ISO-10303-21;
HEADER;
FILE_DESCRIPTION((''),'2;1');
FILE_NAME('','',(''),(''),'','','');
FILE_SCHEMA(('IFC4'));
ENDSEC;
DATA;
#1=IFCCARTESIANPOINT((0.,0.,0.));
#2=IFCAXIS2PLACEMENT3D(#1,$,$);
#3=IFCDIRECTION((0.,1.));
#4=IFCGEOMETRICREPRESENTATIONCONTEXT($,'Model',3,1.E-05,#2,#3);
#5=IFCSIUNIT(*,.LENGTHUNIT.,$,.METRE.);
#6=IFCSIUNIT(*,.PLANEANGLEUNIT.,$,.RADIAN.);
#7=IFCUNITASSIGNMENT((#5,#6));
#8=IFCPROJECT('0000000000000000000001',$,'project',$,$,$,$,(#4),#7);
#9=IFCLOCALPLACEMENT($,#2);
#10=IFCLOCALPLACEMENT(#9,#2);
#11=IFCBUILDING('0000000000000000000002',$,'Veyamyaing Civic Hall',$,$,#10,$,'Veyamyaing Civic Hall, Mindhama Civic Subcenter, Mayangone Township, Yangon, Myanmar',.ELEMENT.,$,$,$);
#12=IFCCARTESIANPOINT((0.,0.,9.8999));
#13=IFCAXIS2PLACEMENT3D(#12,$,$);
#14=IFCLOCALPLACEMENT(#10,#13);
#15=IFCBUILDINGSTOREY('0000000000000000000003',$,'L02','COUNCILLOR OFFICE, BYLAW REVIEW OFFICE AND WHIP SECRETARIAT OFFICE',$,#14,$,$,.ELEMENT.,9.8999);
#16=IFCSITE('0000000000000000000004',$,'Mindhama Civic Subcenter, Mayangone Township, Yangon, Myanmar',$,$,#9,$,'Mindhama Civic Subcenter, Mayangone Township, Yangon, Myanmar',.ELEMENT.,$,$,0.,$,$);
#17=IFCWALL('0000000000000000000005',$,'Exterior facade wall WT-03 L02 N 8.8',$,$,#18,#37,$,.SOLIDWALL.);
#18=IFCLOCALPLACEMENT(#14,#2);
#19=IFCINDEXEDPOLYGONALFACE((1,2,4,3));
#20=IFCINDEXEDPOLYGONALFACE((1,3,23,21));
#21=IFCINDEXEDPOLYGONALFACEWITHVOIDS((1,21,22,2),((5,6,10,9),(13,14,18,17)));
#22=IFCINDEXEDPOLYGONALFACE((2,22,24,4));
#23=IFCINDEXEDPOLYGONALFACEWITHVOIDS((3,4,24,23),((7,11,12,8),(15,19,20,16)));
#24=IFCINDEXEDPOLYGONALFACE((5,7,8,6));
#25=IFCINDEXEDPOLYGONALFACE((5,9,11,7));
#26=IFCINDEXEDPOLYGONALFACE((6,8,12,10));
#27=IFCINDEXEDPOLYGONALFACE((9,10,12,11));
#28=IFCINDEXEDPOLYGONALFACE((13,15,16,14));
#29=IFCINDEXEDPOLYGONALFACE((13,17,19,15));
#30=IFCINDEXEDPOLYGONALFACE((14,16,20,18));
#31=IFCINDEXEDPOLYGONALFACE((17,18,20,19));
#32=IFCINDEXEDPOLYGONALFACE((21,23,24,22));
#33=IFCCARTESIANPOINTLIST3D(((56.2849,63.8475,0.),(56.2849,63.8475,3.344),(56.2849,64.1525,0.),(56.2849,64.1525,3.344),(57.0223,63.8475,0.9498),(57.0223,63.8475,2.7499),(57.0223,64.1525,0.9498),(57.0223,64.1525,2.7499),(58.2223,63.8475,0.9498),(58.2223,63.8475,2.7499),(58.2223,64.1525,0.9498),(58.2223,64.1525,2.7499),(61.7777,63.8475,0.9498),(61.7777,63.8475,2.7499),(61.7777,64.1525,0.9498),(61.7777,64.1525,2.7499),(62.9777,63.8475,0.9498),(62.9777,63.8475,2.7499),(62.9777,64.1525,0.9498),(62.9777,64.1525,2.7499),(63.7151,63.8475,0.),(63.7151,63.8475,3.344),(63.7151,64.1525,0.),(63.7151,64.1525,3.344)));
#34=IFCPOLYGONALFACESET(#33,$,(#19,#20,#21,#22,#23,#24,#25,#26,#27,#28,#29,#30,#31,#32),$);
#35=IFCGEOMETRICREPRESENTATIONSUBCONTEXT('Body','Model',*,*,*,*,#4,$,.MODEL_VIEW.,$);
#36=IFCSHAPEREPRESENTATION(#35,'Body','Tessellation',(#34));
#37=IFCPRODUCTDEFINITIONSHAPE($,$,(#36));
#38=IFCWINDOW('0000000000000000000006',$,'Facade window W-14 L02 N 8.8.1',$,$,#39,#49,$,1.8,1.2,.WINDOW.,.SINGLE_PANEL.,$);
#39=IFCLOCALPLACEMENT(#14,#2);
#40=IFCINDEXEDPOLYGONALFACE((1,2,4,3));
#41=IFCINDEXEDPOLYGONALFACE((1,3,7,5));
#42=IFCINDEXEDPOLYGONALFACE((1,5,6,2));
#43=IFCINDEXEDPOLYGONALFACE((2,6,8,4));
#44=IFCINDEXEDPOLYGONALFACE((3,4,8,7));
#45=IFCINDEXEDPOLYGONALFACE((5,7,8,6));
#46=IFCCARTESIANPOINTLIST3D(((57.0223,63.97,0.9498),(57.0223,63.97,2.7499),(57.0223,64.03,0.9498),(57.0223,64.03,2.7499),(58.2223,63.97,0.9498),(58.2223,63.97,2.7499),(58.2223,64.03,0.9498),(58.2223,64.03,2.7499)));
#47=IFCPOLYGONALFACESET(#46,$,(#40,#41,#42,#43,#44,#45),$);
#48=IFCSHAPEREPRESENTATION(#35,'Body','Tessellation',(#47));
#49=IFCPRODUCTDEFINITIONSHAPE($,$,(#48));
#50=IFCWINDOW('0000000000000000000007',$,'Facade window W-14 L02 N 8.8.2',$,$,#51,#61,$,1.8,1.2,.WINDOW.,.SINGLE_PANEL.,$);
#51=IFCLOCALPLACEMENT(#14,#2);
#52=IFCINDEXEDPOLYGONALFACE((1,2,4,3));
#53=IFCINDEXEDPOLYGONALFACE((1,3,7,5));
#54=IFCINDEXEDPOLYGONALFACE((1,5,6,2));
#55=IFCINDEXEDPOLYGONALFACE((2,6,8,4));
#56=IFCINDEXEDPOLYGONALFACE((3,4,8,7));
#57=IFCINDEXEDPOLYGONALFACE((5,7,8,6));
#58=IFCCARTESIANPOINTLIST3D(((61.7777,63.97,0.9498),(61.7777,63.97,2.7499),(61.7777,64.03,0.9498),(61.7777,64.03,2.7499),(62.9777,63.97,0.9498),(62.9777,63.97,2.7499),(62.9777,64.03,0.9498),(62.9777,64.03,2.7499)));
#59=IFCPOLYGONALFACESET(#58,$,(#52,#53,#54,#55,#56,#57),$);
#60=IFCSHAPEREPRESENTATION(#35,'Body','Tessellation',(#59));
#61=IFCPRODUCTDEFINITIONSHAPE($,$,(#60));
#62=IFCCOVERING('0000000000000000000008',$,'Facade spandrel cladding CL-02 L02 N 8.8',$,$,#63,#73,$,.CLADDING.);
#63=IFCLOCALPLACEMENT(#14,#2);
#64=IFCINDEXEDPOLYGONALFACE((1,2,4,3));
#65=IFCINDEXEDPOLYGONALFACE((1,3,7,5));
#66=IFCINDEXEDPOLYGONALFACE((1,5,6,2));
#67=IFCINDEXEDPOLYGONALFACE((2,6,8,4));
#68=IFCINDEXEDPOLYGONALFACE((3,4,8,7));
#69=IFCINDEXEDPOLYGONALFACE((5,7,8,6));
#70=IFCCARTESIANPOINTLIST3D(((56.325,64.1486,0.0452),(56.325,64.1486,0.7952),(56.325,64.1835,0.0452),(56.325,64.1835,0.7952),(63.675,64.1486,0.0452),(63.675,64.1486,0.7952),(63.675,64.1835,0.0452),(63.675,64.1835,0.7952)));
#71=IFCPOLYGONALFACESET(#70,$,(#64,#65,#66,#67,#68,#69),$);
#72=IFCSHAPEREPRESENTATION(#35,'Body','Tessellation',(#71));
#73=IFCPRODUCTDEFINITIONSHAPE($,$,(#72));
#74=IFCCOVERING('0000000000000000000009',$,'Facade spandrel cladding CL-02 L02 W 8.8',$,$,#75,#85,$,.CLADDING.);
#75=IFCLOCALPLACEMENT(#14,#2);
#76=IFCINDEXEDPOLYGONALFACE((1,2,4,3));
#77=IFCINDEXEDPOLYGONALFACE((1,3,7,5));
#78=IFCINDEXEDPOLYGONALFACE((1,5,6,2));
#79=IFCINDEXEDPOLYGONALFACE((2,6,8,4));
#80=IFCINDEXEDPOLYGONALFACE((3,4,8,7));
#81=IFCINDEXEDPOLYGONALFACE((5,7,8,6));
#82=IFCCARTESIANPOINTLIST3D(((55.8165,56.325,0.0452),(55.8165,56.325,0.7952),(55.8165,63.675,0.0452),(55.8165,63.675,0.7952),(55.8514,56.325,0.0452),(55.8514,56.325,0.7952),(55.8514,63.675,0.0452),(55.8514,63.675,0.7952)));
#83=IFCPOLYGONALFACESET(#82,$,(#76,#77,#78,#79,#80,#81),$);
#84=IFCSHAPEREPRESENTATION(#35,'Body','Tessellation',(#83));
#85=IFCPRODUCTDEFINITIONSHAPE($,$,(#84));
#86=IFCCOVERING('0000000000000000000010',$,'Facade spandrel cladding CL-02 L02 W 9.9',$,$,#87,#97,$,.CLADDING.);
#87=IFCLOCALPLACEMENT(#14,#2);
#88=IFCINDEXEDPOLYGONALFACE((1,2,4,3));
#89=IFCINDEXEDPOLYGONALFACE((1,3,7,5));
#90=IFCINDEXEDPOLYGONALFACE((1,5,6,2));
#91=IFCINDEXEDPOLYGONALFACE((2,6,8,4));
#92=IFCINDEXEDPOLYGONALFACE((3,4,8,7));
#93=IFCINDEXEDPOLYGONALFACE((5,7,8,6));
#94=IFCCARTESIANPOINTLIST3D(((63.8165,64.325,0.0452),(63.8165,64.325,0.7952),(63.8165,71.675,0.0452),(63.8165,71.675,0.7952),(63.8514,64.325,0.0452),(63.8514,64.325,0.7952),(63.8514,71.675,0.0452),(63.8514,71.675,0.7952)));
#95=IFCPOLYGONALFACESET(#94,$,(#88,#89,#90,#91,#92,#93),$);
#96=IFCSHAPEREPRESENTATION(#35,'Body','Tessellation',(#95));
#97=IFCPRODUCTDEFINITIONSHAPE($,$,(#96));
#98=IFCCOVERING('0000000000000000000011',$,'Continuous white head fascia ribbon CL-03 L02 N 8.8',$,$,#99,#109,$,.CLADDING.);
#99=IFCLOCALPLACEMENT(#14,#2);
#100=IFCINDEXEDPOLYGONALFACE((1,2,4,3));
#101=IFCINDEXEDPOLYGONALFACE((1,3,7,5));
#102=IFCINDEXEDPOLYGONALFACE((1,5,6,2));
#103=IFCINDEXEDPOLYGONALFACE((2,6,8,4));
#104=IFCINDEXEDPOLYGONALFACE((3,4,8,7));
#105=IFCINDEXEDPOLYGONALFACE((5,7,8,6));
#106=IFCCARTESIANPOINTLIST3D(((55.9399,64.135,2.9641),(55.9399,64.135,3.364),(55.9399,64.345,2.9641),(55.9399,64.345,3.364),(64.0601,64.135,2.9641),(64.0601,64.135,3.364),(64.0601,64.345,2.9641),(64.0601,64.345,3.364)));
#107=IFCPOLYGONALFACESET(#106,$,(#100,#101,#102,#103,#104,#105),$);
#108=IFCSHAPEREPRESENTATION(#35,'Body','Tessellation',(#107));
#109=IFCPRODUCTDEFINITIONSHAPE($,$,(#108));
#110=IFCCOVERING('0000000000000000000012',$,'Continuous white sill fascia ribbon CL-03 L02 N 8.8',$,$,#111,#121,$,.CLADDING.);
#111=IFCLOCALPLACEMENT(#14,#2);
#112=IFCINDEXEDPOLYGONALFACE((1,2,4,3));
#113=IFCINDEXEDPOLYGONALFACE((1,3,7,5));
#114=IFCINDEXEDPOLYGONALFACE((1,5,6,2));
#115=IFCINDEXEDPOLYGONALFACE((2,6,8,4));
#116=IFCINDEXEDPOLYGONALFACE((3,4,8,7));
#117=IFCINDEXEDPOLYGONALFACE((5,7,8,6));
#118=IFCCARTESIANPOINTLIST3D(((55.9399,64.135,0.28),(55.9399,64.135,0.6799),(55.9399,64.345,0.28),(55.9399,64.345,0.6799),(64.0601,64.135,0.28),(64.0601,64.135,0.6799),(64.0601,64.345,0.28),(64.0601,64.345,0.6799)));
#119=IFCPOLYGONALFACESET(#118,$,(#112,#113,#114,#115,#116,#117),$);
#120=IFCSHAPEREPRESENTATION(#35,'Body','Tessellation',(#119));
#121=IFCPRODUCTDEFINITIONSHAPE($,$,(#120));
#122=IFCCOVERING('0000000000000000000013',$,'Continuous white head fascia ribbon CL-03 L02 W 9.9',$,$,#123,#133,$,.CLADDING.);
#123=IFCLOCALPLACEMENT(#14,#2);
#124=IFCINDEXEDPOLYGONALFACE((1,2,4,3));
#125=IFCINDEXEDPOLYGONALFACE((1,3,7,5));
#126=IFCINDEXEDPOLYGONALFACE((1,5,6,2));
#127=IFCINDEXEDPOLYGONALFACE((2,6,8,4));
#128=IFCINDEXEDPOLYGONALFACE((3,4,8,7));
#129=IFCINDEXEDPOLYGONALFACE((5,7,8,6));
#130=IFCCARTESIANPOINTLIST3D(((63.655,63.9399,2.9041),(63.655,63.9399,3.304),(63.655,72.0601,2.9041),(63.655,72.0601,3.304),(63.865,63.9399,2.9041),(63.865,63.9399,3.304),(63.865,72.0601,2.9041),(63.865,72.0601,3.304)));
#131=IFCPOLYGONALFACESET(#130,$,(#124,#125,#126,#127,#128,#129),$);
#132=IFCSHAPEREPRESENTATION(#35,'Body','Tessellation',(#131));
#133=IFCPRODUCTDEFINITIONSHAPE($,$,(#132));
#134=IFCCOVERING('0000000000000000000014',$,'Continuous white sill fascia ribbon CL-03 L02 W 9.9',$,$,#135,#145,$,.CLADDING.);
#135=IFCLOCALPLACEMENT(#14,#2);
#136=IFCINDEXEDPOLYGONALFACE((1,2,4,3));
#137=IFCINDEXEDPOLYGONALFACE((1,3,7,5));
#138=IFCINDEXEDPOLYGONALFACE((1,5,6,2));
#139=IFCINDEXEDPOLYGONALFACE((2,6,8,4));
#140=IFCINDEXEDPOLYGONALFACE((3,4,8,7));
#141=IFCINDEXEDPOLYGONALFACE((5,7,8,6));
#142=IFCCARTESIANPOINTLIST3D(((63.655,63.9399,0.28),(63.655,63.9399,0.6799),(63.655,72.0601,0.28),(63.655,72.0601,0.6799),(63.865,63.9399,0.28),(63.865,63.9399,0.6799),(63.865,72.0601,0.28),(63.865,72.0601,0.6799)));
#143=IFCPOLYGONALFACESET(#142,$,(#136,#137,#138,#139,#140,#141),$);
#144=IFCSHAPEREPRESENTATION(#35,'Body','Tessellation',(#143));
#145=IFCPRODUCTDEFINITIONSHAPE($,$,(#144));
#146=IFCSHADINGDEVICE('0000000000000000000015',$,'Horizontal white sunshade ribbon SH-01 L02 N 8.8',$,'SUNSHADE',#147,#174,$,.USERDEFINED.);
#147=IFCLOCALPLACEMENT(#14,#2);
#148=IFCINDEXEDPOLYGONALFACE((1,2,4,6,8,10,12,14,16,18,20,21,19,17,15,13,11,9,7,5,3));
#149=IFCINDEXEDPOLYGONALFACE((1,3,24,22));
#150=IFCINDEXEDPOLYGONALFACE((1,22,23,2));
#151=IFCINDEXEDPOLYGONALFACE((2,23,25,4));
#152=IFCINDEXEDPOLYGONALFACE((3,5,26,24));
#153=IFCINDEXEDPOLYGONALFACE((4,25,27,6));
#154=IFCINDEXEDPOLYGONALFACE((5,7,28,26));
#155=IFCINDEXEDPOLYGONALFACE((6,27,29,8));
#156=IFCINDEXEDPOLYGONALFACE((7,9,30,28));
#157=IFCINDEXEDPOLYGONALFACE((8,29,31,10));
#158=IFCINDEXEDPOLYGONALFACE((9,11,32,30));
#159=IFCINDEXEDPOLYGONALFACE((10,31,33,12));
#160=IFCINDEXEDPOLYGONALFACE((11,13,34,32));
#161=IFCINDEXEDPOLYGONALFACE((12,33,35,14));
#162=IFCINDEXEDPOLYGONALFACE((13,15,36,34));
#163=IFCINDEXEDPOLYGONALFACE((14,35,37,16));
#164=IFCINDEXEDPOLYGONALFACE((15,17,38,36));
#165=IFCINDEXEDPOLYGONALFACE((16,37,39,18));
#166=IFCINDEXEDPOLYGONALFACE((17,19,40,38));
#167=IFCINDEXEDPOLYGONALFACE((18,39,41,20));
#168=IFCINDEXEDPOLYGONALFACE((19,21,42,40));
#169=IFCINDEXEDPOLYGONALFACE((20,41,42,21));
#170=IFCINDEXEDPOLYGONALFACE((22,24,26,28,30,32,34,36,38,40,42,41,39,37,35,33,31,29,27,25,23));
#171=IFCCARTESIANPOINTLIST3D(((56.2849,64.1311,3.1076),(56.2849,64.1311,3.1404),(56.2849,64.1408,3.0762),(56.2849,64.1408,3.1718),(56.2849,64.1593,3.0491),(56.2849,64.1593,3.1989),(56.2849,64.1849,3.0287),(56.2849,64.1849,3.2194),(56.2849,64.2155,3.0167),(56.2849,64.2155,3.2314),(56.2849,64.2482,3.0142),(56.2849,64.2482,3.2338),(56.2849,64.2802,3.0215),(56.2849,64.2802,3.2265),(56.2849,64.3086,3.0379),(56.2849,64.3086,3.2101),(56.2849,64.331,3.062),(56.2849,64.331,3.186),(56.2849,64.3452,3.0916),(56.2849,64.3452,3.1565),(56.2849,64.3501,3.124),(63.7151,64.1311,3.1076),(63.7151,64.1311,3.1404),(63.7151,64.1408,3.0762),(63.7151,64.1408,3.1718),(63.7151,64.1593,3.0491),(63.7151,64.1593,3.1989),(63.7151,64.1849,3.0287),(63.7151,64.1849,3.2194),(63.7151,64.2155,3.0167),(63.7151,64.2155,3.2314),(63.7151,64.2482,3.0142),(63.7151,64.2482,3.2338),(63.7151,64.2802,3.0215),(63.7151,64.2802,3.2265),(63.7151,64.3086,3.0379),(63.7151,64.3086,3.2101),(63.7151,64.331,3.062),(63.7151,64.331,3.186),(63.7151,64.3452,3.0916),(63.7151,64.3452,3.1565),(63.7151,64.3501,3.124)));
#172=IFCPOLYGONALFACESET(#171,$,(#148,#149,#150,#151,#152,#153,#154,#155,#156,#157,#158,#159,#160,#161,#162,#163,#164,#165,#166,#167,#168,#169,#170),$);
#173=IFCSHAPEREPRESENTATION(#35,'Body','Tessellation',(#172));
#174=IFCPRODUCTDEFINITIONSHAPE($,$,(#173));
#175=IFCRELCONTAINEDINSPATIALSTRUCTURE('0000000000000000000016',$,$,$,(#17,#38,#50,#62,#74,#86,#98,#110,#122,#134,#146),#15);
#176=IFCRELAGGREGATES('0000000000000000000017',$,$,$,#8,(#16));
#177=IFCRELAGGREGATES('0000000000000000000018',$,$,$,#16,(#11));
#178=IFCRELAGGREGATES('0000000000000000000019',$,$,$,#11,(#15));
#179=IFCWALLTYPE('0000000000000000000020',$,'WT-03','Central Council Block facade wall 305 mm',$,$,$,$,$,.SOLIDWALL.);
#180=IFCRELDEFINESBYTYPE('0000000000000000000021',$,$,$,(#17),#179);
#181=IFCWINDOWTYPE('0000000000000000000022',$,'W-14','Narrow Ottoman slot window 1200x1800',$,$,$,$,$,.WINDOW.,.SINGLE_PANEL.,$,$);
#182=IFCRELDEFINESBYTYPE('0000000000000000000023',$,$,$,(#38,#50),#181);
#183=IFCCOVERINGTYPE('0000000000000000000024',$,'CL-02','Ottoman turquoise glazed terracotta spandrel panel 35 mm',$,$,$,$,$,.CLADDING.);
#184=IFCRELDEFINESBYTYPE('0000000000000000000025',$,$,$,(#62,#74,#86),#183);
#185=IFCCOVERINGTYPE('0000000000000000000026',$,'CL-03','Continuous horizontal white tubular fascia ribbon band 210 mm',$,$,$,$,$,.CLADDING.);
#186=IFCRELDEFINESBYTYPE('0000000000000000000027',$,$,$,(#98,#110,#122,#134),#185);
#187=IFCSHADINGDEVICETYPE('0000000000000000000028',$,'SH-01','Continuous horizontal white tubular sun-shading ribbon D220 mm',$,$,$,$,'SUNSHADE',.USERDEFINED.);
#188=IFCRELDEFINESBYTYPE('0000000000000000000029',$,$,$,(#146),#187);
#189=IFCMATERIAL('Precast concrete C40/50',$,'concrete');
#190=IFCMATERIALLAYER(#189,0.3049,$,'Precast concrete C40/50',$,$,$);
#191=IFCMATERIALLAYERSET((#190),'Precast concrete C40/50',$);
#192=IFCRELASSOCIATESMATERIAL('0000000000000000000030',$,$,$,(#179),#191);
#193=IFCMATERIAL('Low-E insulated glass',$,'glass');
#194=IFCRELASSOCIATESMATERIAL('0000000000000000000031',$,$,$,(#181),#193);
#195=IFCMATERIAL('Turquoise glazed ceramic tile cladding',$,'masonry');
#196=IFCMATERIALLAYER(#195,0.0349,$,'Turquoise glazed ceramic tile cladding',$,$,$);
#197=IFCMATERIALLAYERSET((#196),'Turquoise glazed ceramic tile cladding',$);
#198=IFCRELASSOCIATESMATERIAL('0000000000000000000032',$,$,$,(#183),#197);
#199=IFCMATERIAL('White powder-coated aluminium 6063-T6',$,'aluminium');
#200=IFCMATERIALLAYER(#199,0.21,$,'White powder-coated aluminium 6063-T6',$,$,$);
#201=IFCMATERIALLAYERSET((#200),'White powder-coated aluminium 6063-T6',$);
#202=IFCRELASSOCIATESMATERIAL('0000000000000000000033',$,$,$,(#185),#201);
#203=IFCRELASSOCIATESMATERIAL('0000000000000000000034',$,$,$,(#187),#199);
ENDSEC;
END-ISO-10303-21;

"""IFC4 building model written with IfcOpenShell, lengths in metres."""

from ifc_helpers import new_model, si_unit, direction, frame, frame_2d, origin, origin_2d, place, context, subcontext, project, spatial, rectangle, circle, extrude, material, layer, layer_set, material_profile, profile_set, type_object, element, fill, save


model = new_model("IFC4")

# Units and contexts
model_context = context("Model", 3, precision=1e-05, world=origin(), true_north=direction((0.0, 1.0)))
body_context = subcontext(model_context, "Body", "Model", "MODEL_VIEW")
ifc_project = project(units=[si_unit("LENGTHUNIT", "METRE"), si_unit("PLANEANGLEUNIT", "RADIAN")], contexts=[model_context])

# Site, building, storey
site_placement = place(None, origin())
site = spatial("IfcSite", under=ifc_project, at=site_placement, Name="Mindhama Civic Subcenter, Mayangone Township, Yangon, Myanmar", LongName="Mindhama Civic Subcenter, Mayangone Township, Yangon, Myanmar", CompositionType="ELEMENT", RefElevation=0.0)
building_placement = place(site_placement, origin())
building = spatial("IfcBuilding", under=site, at=building_placement, Name="Veyamyaing Civic Hall", LongName="Veyamyaing Civic Hall, Mindhama Civic Subcenter, Mayangone Township, Yangon, Myanmar", CompositionType="ELEMENT")
storey_placement = place(building_placement, frame((0.0, 0.0, 9.8999)))
storey = spatial("IfcBuildingStorey", under=building, at=storey_placement, Name="L02", Description="COUNCILLOR OFFICE, BYLAW REVIEW OFFICE AND WHIP SECRETARIAT OFFICE", CompositionType="ELEMENT", Elevation=9.8999)

# Wall, openings, windows
ifc_material_1 = material(Name="Precast concrete C40/50", Category="concrete")
ifc_layer_1 = layer(ifc_material_1, 0.3049, Name="Precast concrete C40/50")
ifc_layer_set_1 = layer_set([ifc_layer_1], Name="Precast concrete C40/50")
wall_type = type_object("IfcWallType", Name="WT-03", Description="Central Council Block facade wall 305 mm", PredefinedType="SOLIDWALL", material=ifc_layer_set_1)
wall_placement = place(storey_placement, frame((56.2849, 64.0, 0.0), z_axis=(0.0, 0.0, 1.0), x_axis=(1.0, 0.0, 0.0)))
wall = element("IfcWall", 1, at=wall_placement, inside=storey, type_object=wall_type, Name="Exterior facade wall WT-03 L02 N 8.8", PredefinedType="SOLIDWALL", context=body_context, shape_type="SweptSolid", body=[
    extrude(rectangle(XDim=7.4302, YDim=0.3049, at=frame_2d((3.7151, 0.0))), origin(), (0.0, 0.0, 1.0), 3.344),
])
opening_1_placement = place(wall_placement, frame((0.7373, 0.0, 0.95)))
opening_1 = element("IfcOpeningElement", 2, at=opening_1_placement, cuts=wall, PredefinedType="OPENING", context=body_context, shape_type="SweptSolid", body=[
    extrude(rectangle(XDim=1.2, YDim=1.8, at=frame_2d((0.6001, 0.8999))), frame((0.0, 0.1624, 0.0), z_axis=(0.0, -1.0, 0.0), x_axis=(1.0, 0.0, 0.0)), (0.0, 0.0, 1.0), 0.325),
])
opening_2_placement = place(wall_placement, frame((5.4927, 0.0, 0.95)))
opening_2 = element("IfcOpeningElement", 3, at=opening_2_placement, cuts=wall, PredefinedType="OPENING", context=body_context, shape_type="SweptSolid", body=[
    extrude(rectangle(XDim=1.2, YDim=1.8, at=frame_2d((0.6001, 0.8999))), frame((0.0, 0.1624, 0.0), z_axis=(0.0, -1.0, 0.0), x_axis=(1.0, 0.0, 0.0)), (0.0, 0.0, 1.0), 0.325),
])
ifc_material_2 = material(Name="Low-E insulated glass", Category="glass")
window_type = type_object("IfcWindowType", Name="W-14", Description="Narrow Ottoman slot window 1200x1800", PartitioningType="SINGLE_PANEL", PredefinedType="WINDOW", material=ifc_material_2)
window_1_placement = place(opening_1_placement, origin())
window_1 = element("IfcWindow", 4, at=window_1_placement, inside=storey, type_object=window_type, Name="Facade window W-14 L02 N 8.8.1", OverallHeight=1.8, OverallWidth=1.2, PartitioningType="SINGLE_PANEL", PredefinedType="WINDOW", context=body_context, shape_type="SweptSolid", body=[
    extrude(rectangle(XDim=1.2, YDim=1.8, at=frame_2d((0.6001, 0.8999))), frame((0.0, 0.03, 0.0), z_axis=(0.0, -1.0, 0.0), x_axis=(1.0, 0.0, 0.0)), (0.0, 0.0, 1.0), 0.0601),
])
fill(opening_1, window_1)
window_2_placement = place(opening_2_placement, origin())
window_2 = element("IfcWindow", 5, at=window_2_placement, inside=storey, type_object=window_type, Name="Facade window W-14 L02 N 8.8.2", OverallHeight=1.8, OverallWidth=1.2, PartitioningType="SINGLE_PANEL", PredefinedType="WINDOW", context=body_context, shape_type="SweptSolid", body=[
    extrude(rectangle(XDim=1.2, YDim=1.8, at=frame_2d((0.6001, 0.8999))), frame((0.0, 0.03, 0.0), z_axis=(0.0, -1.0, 0.0), x_axis=(1.0, 0.0, 0.0)), (0.0, 0.0, 1.0), 0.0601),
])
fill(opening_2, window_2)

# Coverings
ifc_material_3 = material(Name="Turquoise glazed ceramic tile cladding", Category="masonry")
ifc_layer_2 = layer(ifc_material_3, 0.0349, Name="Turquoise glazed ceramic tile cladding")
ifc_layer_set_2 = layer_set([ifc_layer_2], Name="Turquoise glazed ceramic tile cladding")
covering_type_1 = type_object("IfcCoveringType", Name="CL-02", Description="Ottoman turquoise glazed terracotta spandrel panel 35 mm", PredefinedType="CLADDING", material=ifc_layer_set_2)
for number, where, z_axis, x_axis, name in (
    (6, (60.0, 64.166, 0.0452), (0.0, 0.0, 1.0), (1.0, 0.0, 0.0), "Facade spandrel cladding CL-02 L02 N 8.8"),
    (7, (55.834, 60.0, 0.0452), (0.0, 0.0, 1.0), (0.0, 1.0, 0.0), "Facade spandrel cladding CL-02 L02 W 8.8"),
    (8, (63.834, 68.0, 0.0452), (0.0, 0.0, 1.0), (0.0, 1.0, 0.0), "Facade spandrel cladding CL-02 L02 W 9.9"),
):
    element("IfcCovering", number, at=place(storey_placement, frame(where, z_axis=z_axis, x_axis=x_axis)), inside=storey, type_object=covering_type_1, Name=name, PredefinedType="CLADDING", context=body_context, shape_type="SweptSolid", body=[
        extrude(rectangle(XDim=7.3501, YDim=0.0349, at=origin_2d()), origin(), (0.0, 0.0, 1.0), 0.75),
    ])
ifc_material_4 = material(Name="White powder-coated aluminium 6063-T6", Category="aluminium")
ifc_layer_3 = layer(ifc_material_4, 0.21, Name="White powder-coated aluminium 6063-T6")
ifc_layer_set_3 = layer_set([ifc_layer_3], Name="White powder-coated aluminium 6063-T6")
covering_type_2 = type_object("IfcCoveringType", Name="CL-03", Description="Continuous horizontal white tubular fascia ribbon band 210 mm", PredefinedType="CLADDING", material=ifc_layer_set_3)
for number, where, z_axis, x_axis, name in (
    (9, (60.0, 64.24, 2.9641), (0.0, 0.0, 1.0), (1.0, 0.0, 0.0), "Continuous white head fascia ribbon CL-03 L02 N 8.8"),
    (10, (60.0, 64.24, 0.28), (0.0, 0.0, 1.0), (1.0, 0.0, 0.0), "Continuous white sill fascia ribbon CL-03 L02 N 8.8"),
    (11, (63.76, 68.0, 2.9041), (0.0, 0.0, 1.0), (0.0, 1.0, 0.0), "Continuous white head fascia ribbon CL-03 L02 W 9.9"),
    (12, (63.76, 68.0, 0.28), (0.0, 0.0, 1.0), (0.0, 1.0, 0.0), "Continuous white sill fascia ribbon CL-03 L02 W 9.9"),
):
    element("IfcCovering", number, at=place(storey_placement, frame(where, z_axis=z_axis, x_axis=x_axis)), inside=storey, type_object=covering_type_2, Name=name, PredefinedType="CLADDING", context=body_context, shape_type="SweptSolid", body=[
        extrude(rectangle(XDim=8.1201, YDim=0.21, at=origin_2d()), origin(), (0.0, 0.0, 1.0), 0.3999),
    ])

# Shading device
ifc_material_profile_1 = material_profile(ifc_material_4, circle(Radius=0.1101, at=origin_2d()), Name="SHADE-TUBE-220")
ifc_profile_set_1 = profile_set([ifc_material_profile_1], Name="White powder-coated aluminium 6063-T6")
shading_device_type = type_object("IfcShadingDeviceType", Name="SH-01", Description="Continuous horizontal white tubular sun-shading ribbon D220 mm", ElementType="SUNSHADE", PredefinedType="USERDEFINED", material=ifc_profile_set_1)
for number, where, z_axis, x_axis, name in (
    (13, (56.2849, 64.24, 3.124), (1.0, 0.0, 0.0), (0.0, 1.0, 0.0), "Horizontal white sunshade ribbon SH-01 L02 N 8.8"),
):
    element("IfcShadingDevice", number, at=place(storey_placement, frame(where, z_axis=z_axis, x_axis=x_axis)), inside=storey, type_object=shading_device_type, Name=name, ObjectType="SUNSHADE", PredefinedType="USERDEFINED", context=body_context, shape_type="SweptSolid", body=[
        extrude(circle(Radius=0.1101, at=origin_2d()), origin(), (0.0, 0.0, 1.0), 7.4302),
    ])

save(model, "model.ifc")
